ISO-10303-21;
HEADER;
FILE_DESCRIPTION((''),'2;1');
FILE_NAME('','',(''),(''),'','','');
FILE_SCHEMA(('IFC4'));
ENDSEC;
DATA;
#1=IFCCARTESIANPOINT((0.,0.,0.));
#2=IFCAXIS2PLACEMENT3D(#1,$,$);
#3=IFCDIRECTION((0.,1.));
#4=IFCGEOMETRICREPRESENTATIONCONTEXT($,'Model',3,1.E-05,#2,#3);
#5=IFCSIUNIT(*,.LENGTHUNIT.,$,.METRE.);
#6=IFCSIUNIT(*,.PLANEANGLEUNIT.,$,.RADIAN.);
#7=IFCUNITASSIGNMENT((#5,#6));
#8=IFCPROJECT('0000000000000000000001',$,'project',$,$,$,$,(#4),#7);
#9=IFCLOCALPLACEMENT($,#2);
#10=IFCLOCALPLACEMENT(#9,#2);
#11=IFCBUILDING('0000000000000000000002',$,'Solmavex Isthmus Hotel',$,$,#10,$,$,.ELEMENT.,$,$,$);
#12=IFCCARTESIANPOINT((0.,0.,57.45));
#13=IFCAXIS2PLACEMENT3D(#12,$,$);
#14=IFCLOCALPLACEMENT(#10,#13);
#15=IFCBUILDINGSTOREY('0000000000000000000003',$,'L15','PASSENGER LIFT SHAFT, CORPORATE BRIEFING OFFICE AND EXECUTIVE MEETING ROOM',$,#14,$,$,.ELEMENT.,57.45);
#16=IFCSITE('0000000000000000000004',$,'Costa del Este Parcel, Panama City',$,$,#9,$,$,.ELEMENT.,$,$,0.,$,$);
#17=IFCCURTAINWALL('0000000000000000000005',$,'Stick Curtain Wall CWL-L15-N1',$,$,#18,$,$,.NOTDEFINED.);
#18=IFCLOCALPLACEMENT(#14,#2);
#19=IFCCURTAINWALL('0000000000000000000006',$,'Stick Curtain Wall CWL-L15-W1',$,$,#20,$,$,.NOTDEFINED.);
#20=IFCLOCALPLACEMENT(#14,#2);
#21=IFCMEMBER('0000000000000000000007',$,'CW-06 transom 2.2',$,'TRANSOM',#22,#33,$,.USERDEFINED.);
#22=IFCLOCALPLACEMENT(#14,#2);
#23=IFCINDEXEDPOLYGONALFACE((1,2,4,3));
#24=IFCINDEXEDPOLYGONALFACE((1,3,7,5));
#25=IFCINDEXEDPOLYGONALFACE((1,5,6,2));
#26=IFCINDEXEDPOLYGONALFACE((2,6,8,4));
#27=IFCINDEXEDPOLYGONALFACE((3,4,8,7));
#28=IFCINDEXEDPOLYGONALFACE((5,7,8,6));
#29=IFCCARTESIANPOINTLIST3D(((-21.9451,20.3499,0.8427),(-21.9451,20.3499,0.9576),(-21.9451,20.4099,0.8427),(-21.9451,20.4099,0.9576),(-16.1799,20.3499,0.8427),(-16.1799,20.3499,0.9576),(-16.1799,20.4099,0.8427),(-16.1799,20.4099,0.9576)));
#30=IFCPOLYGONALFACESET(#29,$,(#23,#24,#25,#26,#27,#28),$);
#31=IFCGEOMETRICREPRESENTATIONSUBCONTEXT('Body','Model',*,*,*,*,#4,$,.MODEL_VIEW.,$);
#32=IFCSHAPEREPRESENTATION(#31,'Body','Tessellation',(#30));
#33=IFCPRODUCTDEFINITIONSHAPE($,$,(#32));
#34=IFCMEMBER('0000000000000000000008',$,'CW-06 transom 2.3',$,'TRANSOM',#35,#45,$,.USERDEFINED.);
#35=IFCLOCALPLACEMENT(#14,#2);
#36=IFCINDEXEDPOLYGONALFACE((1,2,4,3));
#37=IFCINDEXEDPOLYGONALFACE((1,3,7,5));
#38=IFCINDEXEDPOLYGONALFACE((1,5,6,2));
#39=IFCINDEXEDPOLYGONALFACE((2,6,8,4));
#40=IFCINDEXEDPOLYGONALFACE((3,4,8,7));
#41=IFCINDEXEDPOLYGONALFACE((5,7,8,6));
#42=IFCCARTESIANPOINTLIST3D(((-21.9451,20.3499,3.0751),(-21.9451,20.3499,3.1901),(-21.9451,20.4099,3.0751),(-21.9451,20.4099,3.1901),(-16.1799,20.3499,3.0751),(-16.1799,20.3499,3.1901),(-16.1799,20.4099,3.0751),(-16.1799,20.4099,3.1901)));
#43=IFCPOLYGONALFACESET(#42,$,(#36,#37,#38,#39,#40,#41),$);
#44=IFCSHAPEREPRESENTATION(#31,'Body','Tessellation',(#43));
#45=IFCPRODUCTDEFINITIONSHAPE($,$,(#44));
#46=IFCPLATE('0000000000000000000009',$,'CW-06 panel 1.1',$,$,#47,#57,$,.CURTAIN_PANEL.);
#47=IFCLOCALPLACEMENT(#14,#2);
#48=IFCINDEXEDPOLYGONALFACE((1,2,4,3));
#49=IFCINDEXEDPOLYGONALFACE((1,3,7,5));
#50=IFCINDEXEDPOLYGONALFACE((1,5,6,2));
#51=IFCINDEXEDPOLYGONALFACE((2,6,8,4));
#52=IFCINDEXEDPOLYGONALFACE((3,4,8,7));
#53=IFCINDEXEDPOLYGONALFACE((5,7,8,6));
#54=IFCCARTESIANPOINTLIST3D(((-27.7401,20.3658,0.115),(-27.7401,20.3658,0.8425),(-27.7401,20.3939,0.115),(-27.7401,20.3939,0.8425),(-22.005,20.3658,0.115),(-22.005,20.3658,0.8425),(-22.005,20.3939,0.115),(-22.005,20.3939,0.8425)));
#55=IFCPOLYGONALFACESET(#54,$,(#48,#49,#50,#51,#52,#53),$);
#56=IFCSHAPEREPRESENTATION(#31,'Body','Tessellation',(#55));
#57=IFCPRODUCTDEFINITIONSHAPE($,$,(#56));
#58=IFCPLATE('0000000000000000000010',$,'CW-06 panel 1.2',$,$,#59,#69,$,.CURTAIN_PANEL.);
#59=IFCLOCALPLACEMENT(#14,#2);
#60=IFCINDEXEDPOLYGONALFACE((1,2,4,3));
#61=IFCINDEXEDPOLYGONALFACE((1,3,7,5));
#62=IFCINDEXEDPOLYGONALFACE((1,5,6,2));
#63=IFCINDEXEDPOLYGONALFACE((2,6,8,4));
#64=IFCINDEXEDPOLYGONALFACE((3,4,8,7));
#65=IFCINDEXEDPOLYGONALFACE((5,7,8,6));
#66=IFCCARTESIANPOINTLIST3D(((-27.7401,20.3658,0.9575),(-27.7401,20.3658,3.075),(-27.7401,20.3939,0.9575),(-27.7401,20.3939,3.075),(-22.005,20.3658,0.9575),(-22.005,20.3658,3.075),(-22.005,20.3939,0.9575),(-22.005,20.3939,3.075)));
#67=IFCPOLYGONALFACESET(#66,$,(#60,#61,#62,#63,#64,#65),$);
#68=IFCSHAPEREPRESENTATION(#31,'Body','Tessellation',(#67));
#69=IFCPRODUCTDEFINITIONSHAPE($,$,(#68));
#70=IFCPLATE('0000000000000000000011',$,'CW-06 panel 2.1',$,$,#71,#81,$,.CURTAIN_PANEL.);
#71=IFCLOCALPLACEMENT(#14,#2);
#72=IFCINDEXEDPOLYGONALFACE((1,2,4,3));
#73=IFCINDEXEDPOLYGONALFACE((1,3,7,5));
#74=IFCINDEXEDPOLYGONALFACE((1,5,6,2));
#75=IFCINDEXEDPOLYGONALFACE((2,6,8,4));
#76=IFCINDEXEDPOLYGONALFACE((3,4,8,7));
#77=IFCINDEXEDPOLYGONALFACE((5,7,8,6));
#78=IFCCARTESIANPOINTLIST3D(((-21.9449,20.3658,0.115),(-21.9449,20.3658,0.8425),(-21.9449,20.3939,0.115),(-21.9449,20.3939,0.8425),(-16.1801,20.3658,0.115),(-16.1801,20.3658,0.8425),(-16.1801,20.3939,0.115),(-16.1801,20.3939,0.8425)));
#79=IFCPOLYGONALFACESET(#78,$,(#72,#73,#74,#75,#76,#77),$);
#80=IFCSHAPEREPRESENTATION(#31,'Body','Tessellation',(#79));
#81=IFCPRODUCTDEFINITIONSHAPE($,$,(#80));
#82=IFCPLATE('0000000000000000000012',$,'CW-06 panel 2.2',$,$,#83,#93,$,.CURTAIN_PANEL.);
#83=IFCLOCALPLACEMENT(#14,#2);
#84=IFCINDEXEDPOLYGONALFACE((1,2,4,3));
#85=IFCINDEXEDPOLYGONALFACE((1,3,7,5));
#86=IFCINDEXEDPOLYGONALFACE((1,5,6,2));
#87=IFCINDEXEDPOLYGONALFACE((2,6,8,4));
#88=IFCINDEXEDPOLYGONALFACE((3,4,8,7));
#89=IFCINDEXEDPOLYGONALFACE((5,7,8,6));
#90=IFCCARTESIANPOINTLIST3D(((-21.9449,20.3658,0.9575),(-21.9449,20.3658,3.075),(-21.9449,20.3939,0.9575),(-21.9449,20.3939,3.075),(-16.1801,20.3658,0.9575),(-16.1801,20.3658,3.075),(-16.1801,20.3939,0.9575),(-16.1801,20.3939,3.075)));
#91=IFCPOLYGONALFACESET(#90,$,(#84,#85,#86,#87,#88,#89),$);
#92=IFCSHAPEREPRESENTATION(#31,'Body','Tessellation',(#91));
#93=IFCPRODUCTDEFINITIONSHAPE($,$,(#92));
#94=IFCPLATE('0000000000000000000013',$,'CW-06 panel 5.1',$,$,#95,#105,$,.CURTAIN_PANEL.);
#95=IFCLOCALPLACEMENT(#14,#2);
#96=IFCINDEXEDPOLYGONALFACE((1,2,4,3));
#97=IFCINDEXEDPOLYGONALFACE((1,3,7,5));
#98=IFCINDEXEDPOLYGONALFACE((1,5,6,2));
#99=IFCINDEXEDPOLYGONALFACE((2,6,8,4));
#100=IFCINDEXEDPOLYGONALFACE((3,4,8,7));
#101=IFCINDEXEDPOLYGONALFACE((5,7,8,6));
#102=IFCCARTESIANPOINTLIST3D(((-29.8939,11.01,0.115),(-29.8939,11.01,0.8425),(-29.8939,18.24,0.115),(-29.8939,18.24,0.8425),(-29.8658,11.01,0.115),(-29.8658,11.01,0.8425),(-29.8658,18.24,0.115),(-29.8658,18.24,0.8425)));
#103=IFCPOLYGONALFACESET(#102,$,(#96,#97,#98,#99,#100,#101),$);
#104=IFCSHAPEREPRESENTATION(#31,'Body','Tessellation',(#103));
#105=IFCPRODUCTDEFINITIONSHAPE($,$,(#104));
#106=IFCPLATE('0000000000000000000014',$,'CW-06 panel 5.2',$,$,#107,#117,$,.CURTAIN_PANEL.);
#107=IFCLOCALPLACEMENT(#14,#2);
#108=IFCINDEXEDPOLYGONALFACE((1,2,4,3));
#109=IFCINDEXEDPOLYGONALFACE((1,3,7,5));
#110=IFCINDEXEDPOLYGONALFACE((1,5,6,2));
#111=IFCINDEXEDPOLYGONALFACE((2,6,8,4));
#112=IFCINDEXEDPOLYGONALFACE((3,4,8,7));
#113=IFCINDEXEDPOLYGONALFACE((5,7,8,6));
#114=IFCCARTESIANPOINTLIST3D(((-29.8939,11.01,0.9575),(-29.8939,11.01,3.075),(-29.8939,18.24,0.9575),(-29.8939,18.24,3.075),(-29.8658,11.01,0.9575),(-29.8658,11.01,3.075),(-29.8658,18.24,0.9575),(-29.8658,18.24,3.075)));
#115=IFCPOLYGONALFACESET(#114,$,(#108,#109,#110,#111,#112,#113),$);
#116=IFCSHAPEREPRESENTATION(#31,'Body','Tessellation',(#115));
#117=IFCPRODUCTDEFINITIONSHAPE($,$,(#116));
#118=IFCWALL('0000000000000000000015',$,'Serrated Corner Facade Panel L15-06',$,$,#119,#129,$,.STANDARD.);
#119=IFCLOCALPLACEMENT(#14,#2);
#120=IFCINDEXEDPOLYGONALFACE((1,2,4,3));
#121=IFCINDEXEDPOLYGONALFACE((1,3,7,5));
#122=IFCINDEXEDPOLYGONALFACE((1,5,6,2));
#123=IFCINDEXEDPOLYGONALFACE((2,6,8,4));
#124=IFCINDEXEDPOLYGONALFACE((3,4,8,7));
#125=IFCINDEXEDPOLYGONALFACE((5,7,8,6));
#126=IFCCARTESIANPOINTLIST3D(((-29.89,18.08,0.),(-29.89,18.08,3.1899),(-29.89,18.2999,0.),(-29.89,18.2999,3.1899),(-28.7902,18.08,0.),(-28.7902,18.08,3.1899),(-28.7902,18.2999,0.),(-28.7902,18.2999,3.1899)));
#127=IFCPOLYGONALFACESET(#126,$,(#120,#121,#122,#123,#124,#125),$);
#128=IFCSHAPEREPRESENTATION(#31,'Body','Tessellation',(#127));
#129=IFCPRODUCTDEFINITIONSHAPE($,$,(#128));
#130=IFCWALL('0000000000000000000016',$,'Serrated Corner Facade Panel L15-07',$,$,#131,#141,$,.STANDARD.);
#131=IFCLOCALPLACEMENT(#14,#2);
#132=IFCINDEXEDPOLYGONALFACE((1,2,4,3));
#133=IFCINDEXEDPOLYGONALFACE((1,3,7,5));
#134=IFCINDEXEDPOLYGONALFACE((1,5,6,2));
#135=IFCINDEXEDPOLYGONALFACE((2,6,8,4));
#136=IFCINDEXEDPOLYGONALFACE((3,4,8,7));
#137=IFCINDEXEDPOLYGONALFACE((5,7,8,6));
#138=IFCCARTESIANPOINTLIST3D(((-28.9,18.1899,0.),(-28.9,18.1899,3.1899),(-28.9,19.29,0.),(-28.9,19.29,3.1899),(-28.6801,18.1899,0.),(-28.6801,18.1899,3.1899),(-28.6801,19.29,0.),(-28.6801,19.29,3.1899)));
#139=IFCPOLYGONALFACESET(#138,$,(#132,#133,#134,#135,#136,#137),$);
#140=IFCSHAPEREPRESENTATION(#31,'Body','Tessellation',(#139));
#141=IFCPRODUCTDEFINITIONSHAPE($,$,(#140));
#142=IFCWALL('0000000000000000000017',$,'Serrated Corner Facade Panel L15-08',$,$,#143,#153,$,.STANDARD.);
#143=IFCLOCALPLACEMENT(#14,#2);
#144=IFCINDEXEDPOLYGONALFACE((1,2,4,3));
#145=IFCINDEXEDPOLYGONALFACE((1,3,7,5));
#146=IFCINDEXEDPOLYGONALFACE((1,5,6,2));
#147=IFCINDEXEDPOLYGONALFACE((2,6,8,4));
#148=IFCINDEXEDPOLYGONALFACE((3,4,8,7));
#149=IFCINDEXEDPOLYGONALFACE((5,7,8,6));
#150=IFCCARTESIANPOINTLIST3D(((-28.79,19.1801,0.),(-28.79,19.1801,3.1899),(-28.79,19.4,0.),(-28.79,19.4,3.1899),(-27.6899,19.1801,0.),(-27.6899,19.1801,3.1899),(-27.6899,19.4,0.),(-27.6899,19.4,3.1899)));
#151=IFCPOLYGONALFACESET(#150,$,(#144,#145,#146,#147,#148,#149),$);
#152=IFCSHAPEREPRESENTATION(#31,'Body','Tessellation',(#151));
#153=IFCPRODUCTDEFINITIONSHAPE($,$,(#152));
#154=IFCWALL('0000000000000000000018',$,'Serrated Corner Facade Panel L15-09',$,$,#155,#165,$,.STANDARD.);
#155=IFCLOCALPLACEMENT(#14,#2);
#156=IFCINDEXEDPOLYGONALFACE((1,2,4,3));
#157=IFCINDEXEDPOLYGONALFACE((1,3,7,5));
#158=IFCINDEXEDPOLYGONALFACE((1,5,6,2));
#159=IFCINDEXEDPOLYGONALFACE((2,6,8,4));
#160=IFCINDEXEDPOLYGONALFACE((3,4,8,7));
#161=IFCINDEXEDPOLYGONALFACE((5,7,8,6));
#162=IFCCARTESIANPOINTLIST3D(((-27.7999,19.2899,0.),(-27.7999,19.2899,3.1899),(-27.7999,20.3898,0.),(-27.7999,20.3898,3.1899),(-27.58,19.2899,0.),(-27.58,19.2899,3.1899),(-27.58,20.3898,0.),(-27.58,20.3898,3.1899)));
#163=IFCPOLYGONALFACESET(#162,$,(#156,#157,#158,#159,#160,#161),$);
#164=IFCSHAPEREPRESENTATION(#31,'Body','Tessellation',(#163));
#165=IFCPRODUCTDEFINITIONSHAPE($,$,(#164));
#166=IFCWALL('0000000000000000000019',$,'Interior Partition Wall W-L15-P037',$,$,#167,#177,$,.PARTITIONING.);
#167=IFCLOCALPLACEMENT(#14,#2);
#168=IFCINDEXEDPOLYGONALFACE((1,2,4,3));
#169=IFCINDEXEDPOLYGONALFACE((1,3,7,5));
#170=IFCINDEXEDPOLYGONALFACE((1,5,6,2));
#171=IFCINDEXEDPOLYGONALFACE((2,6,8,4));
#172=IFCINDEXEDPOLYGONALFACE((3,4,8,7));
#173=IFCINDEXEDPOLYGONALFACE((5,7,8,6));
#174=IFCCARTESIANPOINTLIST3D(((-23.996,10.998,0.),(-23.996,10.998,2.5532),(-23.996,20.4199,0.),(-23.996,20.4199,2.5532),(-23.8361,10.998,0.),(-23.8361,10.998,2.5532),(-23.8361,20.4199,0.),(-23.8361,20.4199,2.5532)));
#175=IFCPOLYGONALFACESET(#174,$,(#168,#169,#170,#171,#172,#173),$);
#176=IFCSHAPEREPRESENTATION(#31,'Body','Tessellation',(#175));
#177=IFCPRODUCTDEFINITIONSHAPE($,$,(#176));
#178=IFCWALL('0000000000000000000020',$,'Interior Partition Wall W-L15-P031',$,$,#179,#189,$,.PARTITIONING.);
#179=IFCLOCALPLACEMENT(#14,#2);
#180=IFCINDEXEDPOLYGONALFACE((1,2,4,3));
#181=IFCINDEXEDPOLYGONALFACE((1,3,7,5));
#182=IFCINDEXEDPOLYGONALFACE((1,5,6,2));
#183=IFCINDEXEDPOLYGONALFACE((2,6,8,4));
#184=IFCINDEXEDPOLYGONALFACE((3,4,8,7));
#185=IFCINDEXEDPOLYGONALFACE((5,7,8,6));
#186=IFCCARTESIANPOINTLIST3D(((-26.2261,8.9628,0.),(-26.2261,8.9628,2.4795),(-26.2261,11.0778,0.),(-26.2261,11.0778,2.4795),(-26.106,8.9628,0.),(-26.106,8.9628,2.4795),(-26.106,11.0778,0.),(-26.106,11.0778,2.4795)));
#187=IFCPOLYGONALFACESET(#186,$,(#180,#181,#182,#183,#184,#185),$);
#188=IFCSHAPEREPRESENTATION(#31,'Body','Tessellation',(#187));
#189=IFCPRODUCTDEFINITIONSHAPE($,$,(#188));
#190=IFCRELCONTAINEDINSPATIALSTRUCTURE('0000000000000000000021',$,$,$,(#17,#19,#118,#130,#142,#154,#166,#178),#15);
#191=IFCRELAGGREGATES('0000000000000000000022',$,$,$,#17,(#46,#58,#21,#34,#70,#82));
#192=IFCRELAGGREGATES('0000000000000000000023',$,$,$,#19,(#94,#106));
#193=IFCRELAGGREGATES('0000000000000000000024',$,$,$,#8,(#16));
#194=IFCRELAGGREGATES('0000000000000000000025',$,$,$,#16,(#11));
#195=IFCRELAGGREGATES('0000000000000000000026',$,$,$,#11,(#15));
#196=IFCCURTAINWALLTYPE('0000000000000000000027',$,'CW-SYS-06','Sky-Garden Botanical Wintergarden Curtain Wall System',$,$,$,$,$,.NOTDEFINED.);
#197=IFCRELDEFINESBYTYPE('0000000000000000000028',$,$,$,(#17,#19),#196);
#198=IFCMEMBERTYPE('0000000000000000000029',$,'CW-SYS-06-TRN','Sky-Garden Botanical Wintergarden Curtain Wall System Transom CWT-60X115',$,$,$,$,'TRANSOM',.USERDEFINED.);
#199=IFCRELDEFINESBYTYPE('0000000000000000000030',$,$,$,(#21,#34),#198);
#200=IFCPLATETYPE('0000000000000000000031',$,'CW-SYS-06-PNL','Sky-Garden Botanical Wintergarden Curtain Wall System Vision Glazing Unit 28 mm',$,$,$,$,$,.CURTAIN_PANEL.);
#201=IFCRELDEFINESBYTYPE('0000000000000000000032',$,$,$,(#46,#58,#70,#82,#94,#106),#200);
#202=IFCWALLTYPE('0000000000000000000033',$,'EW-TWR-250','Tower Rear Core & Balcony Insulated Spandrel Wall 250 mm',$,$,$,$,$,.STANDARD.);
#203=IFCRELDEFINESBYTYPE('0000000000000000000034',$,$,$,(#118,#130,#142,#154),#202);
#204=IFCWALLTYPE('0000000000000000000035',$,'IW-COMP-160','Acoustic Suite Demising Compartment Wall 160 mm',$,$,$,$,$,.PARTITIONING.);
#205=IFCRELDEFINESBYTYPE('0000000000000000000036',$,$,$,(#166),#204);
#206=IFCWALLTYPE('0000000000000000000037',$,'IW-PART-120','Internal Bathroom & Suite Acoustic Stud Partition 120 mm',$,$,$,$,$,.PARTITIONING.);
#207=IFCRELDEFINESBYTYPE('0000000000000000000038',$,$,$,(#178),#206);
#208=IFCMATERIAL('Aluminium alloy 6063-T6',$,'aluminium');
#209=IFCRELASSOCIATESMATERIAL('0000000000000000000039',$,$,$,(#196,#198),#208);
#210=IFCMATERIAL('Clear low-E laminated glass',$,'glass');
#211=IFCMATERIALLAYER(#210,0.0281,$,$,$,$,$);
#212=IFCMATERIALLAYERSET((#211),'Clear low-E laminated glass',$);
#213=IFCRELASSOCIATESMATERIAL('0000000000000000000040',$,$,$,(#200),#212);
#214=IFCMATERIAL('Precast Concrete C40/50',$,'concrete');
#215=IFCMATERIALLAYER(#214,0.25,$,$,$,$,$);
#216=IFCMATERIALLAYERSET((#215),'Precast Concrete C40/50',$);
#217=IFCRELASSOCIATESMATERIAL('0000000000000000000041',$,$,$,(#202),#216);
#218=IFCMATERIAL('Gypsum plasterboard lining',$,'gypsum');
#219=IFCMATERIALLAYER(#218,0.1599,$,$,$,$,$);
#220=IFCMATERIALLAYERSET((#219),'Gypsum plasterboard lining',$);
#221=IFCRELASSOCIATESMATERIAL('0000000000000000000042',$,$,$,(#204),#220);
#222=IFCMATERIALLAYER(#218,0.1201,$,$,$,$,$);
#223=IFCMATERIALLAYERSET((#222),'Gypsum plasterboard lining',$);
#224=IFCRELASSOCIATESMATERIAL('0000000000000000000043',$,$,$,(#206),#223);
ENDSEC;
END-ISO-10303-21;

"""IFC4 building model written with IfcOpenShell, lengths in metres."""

from ifc_helpers import new_model, si_unit, direction, frame, frame_2d, origin, origin_2d, place, context, subcontext, project, spatial, rectangle, extrude, material, layer, layer_set, material_profile, profile_set, type_object, element, aggregate, save


model = new_model("IFC4")

# Units and contexts
model_context = context("Model", 3, precision=1e-05, world=origin(), true_north=direction((0.0, 1.0)))
body_context = subcontext(model_context, "Body", "Model", "MODEL_VIEW")
ifc_project = project(units=[si_unit("LENGTHUNIT", "METRE"), si_unit("PLANEANGLEUNIT", "RADIAN")], contexts=[model_context])

# Site, building, storey
site_placement = place(None, origin())
site = spatial("IfcSite", under=ifc_project, at=site_placement, Name="Costa del Este Parcel, Panama City", CompositionType="ELEMENT", RefElevation=0.0)
building_placement = place(site_placement, origin())
building = spatial("IfcBuilding", under=site, at=building_placement, Name="Solmavex Isthmus Hotel", CompositionType="ELEMENT")
storey_placement = place(building_placement, frame((0.0, 0.0, 57.45)))
storey = spatial("IfcBuildingStorey", under=building, at=storey_placement, Name="L15", Description="PASSENGER LIFT SHAFT, CORPORATE BRIEFING OFFICE AND EXECUTIVE MEETING ROOM", CompositionType="ELEMENT", Elevation=57.45)

# Curtain wall
ifc_material_1 = material(Name="Aluminium alloy 6063-T6", Category="aluminium")
curtain_wall_type = type_object("IfcCurtainWallType", Name="CW-SYS-06", Description="Sky-Garden Botanical Wintergarden Curtain Wall System", PredefinedType="NOTDEFINED", material=ifc_material_1)
curtain_wall_1_placement = place(storey_placement, origin())
curtain_wall_1 = element("IfcCurtainWall", 1, at=curtain_wall_1_placement, inside=storey, type_object=curtain_wall_type, Name="Stick Curtain Wall CWL-L15-N1", PredefinedType="NOTDEFINED")

# Curtain wall
curtain_wall_2_placement = place(storey_placement, origin())
curtain_wall_2 = element("IfcCurtainWall", 2, at=curtain_wall_2_placement, inside=storey, type_object=curtain_wall_type, Name="Stick Curtain Wall CWL-L15-W1", PredefinedType="NOTDEFINED")

# Members
ifc_material_profile_1 = material_profile(ifc_material_1, rectangle(XDim=0.0601, YDim=0.115, at=origin_2d()), Name="CWT-60X115")
ifc_profile_set_1 = profile_set([ifc_material_profile_1], Name="Aluminium alloy 6063-T6")
member_type_1 = type_object("IfcMemberType", Name="CW-SYS-06-TRN", Description="Sky-Garden Botanical Wintergarden Curtain Wall System Transom CWT-60X115", ElementType="TRANSOM", PredefinedType="USERDEFINED", material=ifc_profile_set_1)
member_1_placement = place(storey_placement, frame((-21.9451, 20.3799, 0.9001), z_axis=(1.0, 0.0, 0.0), x_axis=(0.0, 1.0, 0.0)))
member_1 = element("IfcMember", 3, at=member_1_placement, type_object=member_type_1, Name="CW-06 transom 2.2", ObjectType="TRANSOM", PredefinedType="USERDEFINED", context=body_context, shape_type="SweptSolid", body=[
    extrude(rectangle(XDim=0.0601, YDim=0.115, at=origin_2d()), origin(), (0.0, 0.0, 1.0), 5.7651),
])
member_2_placement = place(storey_placement, frame((-21.9451, 20.3799, 3.1326), z_axis=(1.0, 0.0, 0.0), x_axis=(0.0, 1.0, 0.0)))
member_2 = element("IfcMember", 4, at=member_2_placement, type_object=member_type_1, Name="CW-06 transom 2.3", ObjectType="TRANSOM", PredefinedType="USERDEFINED", context=body_context, shape_type="SweptSolid", body=[
    extrude(rectangle(XDim=0.0601, YDim=0.115, at=origin_2d()), origin(), (0.0, 0.0, 1.0), 5.7651),
])

# Plates
ifc_material_2 = material(Name="Clear low-E laminated glass", Category="glass")
ifc_layer_1 = layer(ifc_material_2, 0.0281)
ifc_layer_set_1 = layer_set([ifc_layer_1], Name="Clear low-E laminated glass")
plate_type = type_object("IfcPlateType", Name="CW-SYS-06-PNL", Description="Sky-Garden Botanical Wintergarden Curtain Wall System Vision Glazing Unit 28 mm", PredefinedType="CURTAIN_PANEL", material=ifc_layer_set_1)
plate_1_placement = place(storey_placement, frame((-24.8726, 20.3799, 0.115), z_axis=(0.0, 0.0, 1.0), x_axis=(1.0, 0.0, 0.0)))
plate_1 = element("IfcPlate", 5, at=plate_1_placement, type_object=plate_type, Name="CW-06 panel 1.1", PredefinedType="CURTAIN_PANEL", context=body_context, shape_type="SweptSolid", body=[
    extrude(rectangle(XDim=5.7351, YDim=0.0281, at=origin_2d()), origin(), (0.0, 0.0, 1.0), 0.7275),
])
plate_2_placement = place(storey_placement, frame((-24.8726, 20.3799, 0.9575), z_axis=(0.0, 0.0, 1.0), x_axis=(1.0, 0.0, 0.0)))
plate_2 = element("IfcPlate", 6, at=plate_2_placement, type_object=plate_type, Name="CW-06 panel 1.2", PredefinedType="CURTAIN_PANEL", context=body_context, shape_type="SweptSolid", body=[
    extrude(rectangle(XDim=5.7351, YDim=0.0281, at=origin_2d()), origin(), (0.0, 0.0, 1.0), 2.1174),
])
plate_3_placement = place(storey_placement, frame((-19.0625, 20.3799, 0.115), z_axis=(0.0, 0.0, 1.0), x_axis=(1.0, 0.0, 0.0)))
plate_3 = element("IfcPlate", 7, at=plate_3_placement, type_object=plate_type, Name="CW-06 panel 2.1", PredefinedType="CURTAIN_PANEL", context=body_context, shape_type="SweptSolid", body=[
    extrude(rectangle(XDim=5.7649, YDim=0.0281, at=origin_2d()), origin(), (0.0, 0.0, 1.0), 0.7275),
])
plate_4_placement = place(storey_placement, frame((-19.0625, 20.3799, 0.9575), z_axis=(0.0, 0.0, 1.0), x_axis=(1.0, 0.0, 0.0)))
plate_4 = element("IfcPlate", 8, at=plate_4_placement, type_object=plate_type, Name="CW-06 panel 2.2", PredefinedType="CURTAIN_PANEL", context=body_context, shape_type="SweptSolid", body=[
    extrude(rectangle(XDim=5.7649, YDim=0.0281, at=origin_2d()), origin(), (0.0, 0.0, 1.0), 2.1174),
])
aggregate(curtain_wall_1, [plate_1, plate_2, member_1, member_2, plate_3, plate_4])
plate_5_placement = place(storey_placement, frame((-29.8799, 14.625, 0.115), z_axis=(0.0, 0.0, 1.0), x_axis=(0.0, 1.0, 0.0)))
plate_5 = element("IfcPlate", 9, at=plate_5_placement, type_object=plate_type, Name="CW-06 panel 5.1", PredefinedType="CURTAIN_PANEL", context=body_context, shape_type="SweptSolid", body=[
    extrude(rectangle(XDim=7.23, YDim=0.0281, at=origin_2d()), origin(), (0.0, 0.0, 1.0), 0.7275),
])
plate_6_placement = place(storey_placement, frame((-29.8799, 14.625, 0.9575), z_axis=(0.0, 0.0, 1.0), x_axis=(0.0, 1.0, 0.0)))
plate_6 = element("IfcPlate", 10, at=plate_6_placement, type_object=plate_type, Name="CW-06 panel 5.2", PredefinedType="CURTAIN_PANEL", context=body_context, shape_type="SweptSolid", body=[
    extrude(rectangle(XDim=7.23, YDim=0.0281, at=origin_2d()), origin(), (0.0, 0.0, 1.0), 2.1174),
])
aggregate(curtain_wall_2, [plate_5, plate_6])

# Walls
ifc_material_3 = material(Name="Precast Concrete C40/50", Category="concrete")
ifc_layer_2 = layer(ifc_material_3, 0.25)
ifc_layer_set_2 = layer_set([ifc_layer_2], Name="Precast Concrete C40/50")
wall_type_1 = type_object("IfcWallType", Name="EW-TWR-250", Description="Tower Rear Core & Balcony Insulated Spandrel Wall 250 mm", PredefinedType="STANDARD", material=ifc_layer_set_2)
wall_1_placement = place(storey_placement, frame((-29.8899, 18.1899, 0.0), z_axis=(0.0, 0.0, 1.0), x_axis=(1.0, 0.0, 0.0)))
element("IfcWall", 11, at=wall_1_placement, inside=storey, type_object=wall_type_1, Name="Serrated Corner Facade Panel L15-06", PredefinedType="STANDARD", context=body_context, shape_type="SweptSolid", body=[
    extrude(rectangle(XDim=1.0999, YDim=0.22, at=frame_2d((0.5498, 0.0))), origin(), (0.0, 0.0, 1.0), 3.1899),
])
for number, where, z_axis, x_axis, name in (
    (12, (-28.79, 18.1899, 0.0), (0.0, 0.0, 1.0), (0.0, 1.0, 0.0), "Serrated Corner Facade Panel L15-07"),
    (13, (-28.79, 19.29, 0.0), (0.0, 0.0, 1.0), (1.0, 0.0, 0.0), "Serrated Corner Facade Panel L15-08"),
):
    element("IfcWall", number, at=place(storey_placement, frame(where, z_axis=z_axis, x_axis=x_axis)), inside=storey, type_object=wall_type_1, Name=name, PredefinedType="STANDARD", context=body_context, shape_type="SweptSolid", body=[
        extrude(rectangle(XDim=1.1001, YDim=0.22, at=frame_2d((0.55, 0.0))), origin(), (0.0, 0.0, 1.0), 3.1899),
    ])
wall_2_placement = place(storey_placement, frame((-27.6899, 19.29, 0.0), z_axis=(0.0, 0.0, 1.0), x_axis=(0.0, 1.0, 0.0)))
element("IfcWall", 14, at=wall_2_placement, inside=storey, type_object=wall_type_1, Name="Serrated Corner Facade Panel L15-09", PredefinedType="STANDARD", context=body_context, shape_type="SweptSolid", body=[
    extrude(rectangle(XDim=1.0999, YDim=0.22, at=frame_2d((0.5498, 0.0))), origin(), (0.0, 0.0, 1.0), 3.1899),
])

# Shared definitions
ifc_material_4 = material(Name="Gypsum plasterboard lining", Category="gypsum")
ifc_layer_3 = layer(ifc_material_4, 0.1599)
ifc_layer_set_3 = layer_set([ifc_layer_3], Name="Gypsum plasterboard lining")
wall_type_2 = type_object("IfcWallType", Name="IW-COMP-160", Description="Acoustic Suite Demising Compartment Wall 160 mm", PredefinedType="PARTITIONING", material=ifc_layer_set_3)

# Wall
wall_3_placement = place(storey_placement, frame((-23.916, 20.4199, 0.0), z_axis=(0.0, 0.0, 1.0), x_axis=(0.0, -1.0, 0.0)))
element("IfcWall", 15, at=wall_3_placement, inside=storey, type_object=wall_type_2, Name="Interior Partition Wall W-L15-P037", PredefinedType="PARTITIONING", context=body_context, shape_type="SweptSolid", body=[
    extrude(rectangle(XDim=9.4219, YDim=0.1599, at=frame_2d((4.7109, 0.0))), origin(), (0.0, 0.0, 1.0), 2.5532),
])

# Wall
ifc_layer_4 = layer(ifc_material_4, 0.1201)
ifc_layer_set_4 = layer_set([ifc_layer_4], Name="Gypsum plasterboard lining")
wall_type_3 = type_object("IfcWallType", Name="IW-PART-120", Description="Internal Bathroom & Suite Acoustic Stud Partition 120 mm", PredefinedType="PARTITIONING", material=ifc_layer_set_4)
wall_4_placement = place(storey_placement, frame((-26.166, 11.0779, 0.0), z_axis=(0.0, 0.0, 1.0), x_axis=(0.0, -1.0, 0.0)))
element("IfcWall", 16, at=wall_4_placement, inside=storey, type_object=wall_type_3, Name="Interior Partition Wall W-L15-P031", PredefinedType="PARTITIONING", context=body_context, shape_type="SweptSolid", body=[
    extrude(rectangle(XDim=2.115, YDim=0.1201, at=frame_2d((1.0576, 0.0))), origin(), (0.0, 0.0, 1.0), 2.4795),
])

save(model, "model.ifc")
